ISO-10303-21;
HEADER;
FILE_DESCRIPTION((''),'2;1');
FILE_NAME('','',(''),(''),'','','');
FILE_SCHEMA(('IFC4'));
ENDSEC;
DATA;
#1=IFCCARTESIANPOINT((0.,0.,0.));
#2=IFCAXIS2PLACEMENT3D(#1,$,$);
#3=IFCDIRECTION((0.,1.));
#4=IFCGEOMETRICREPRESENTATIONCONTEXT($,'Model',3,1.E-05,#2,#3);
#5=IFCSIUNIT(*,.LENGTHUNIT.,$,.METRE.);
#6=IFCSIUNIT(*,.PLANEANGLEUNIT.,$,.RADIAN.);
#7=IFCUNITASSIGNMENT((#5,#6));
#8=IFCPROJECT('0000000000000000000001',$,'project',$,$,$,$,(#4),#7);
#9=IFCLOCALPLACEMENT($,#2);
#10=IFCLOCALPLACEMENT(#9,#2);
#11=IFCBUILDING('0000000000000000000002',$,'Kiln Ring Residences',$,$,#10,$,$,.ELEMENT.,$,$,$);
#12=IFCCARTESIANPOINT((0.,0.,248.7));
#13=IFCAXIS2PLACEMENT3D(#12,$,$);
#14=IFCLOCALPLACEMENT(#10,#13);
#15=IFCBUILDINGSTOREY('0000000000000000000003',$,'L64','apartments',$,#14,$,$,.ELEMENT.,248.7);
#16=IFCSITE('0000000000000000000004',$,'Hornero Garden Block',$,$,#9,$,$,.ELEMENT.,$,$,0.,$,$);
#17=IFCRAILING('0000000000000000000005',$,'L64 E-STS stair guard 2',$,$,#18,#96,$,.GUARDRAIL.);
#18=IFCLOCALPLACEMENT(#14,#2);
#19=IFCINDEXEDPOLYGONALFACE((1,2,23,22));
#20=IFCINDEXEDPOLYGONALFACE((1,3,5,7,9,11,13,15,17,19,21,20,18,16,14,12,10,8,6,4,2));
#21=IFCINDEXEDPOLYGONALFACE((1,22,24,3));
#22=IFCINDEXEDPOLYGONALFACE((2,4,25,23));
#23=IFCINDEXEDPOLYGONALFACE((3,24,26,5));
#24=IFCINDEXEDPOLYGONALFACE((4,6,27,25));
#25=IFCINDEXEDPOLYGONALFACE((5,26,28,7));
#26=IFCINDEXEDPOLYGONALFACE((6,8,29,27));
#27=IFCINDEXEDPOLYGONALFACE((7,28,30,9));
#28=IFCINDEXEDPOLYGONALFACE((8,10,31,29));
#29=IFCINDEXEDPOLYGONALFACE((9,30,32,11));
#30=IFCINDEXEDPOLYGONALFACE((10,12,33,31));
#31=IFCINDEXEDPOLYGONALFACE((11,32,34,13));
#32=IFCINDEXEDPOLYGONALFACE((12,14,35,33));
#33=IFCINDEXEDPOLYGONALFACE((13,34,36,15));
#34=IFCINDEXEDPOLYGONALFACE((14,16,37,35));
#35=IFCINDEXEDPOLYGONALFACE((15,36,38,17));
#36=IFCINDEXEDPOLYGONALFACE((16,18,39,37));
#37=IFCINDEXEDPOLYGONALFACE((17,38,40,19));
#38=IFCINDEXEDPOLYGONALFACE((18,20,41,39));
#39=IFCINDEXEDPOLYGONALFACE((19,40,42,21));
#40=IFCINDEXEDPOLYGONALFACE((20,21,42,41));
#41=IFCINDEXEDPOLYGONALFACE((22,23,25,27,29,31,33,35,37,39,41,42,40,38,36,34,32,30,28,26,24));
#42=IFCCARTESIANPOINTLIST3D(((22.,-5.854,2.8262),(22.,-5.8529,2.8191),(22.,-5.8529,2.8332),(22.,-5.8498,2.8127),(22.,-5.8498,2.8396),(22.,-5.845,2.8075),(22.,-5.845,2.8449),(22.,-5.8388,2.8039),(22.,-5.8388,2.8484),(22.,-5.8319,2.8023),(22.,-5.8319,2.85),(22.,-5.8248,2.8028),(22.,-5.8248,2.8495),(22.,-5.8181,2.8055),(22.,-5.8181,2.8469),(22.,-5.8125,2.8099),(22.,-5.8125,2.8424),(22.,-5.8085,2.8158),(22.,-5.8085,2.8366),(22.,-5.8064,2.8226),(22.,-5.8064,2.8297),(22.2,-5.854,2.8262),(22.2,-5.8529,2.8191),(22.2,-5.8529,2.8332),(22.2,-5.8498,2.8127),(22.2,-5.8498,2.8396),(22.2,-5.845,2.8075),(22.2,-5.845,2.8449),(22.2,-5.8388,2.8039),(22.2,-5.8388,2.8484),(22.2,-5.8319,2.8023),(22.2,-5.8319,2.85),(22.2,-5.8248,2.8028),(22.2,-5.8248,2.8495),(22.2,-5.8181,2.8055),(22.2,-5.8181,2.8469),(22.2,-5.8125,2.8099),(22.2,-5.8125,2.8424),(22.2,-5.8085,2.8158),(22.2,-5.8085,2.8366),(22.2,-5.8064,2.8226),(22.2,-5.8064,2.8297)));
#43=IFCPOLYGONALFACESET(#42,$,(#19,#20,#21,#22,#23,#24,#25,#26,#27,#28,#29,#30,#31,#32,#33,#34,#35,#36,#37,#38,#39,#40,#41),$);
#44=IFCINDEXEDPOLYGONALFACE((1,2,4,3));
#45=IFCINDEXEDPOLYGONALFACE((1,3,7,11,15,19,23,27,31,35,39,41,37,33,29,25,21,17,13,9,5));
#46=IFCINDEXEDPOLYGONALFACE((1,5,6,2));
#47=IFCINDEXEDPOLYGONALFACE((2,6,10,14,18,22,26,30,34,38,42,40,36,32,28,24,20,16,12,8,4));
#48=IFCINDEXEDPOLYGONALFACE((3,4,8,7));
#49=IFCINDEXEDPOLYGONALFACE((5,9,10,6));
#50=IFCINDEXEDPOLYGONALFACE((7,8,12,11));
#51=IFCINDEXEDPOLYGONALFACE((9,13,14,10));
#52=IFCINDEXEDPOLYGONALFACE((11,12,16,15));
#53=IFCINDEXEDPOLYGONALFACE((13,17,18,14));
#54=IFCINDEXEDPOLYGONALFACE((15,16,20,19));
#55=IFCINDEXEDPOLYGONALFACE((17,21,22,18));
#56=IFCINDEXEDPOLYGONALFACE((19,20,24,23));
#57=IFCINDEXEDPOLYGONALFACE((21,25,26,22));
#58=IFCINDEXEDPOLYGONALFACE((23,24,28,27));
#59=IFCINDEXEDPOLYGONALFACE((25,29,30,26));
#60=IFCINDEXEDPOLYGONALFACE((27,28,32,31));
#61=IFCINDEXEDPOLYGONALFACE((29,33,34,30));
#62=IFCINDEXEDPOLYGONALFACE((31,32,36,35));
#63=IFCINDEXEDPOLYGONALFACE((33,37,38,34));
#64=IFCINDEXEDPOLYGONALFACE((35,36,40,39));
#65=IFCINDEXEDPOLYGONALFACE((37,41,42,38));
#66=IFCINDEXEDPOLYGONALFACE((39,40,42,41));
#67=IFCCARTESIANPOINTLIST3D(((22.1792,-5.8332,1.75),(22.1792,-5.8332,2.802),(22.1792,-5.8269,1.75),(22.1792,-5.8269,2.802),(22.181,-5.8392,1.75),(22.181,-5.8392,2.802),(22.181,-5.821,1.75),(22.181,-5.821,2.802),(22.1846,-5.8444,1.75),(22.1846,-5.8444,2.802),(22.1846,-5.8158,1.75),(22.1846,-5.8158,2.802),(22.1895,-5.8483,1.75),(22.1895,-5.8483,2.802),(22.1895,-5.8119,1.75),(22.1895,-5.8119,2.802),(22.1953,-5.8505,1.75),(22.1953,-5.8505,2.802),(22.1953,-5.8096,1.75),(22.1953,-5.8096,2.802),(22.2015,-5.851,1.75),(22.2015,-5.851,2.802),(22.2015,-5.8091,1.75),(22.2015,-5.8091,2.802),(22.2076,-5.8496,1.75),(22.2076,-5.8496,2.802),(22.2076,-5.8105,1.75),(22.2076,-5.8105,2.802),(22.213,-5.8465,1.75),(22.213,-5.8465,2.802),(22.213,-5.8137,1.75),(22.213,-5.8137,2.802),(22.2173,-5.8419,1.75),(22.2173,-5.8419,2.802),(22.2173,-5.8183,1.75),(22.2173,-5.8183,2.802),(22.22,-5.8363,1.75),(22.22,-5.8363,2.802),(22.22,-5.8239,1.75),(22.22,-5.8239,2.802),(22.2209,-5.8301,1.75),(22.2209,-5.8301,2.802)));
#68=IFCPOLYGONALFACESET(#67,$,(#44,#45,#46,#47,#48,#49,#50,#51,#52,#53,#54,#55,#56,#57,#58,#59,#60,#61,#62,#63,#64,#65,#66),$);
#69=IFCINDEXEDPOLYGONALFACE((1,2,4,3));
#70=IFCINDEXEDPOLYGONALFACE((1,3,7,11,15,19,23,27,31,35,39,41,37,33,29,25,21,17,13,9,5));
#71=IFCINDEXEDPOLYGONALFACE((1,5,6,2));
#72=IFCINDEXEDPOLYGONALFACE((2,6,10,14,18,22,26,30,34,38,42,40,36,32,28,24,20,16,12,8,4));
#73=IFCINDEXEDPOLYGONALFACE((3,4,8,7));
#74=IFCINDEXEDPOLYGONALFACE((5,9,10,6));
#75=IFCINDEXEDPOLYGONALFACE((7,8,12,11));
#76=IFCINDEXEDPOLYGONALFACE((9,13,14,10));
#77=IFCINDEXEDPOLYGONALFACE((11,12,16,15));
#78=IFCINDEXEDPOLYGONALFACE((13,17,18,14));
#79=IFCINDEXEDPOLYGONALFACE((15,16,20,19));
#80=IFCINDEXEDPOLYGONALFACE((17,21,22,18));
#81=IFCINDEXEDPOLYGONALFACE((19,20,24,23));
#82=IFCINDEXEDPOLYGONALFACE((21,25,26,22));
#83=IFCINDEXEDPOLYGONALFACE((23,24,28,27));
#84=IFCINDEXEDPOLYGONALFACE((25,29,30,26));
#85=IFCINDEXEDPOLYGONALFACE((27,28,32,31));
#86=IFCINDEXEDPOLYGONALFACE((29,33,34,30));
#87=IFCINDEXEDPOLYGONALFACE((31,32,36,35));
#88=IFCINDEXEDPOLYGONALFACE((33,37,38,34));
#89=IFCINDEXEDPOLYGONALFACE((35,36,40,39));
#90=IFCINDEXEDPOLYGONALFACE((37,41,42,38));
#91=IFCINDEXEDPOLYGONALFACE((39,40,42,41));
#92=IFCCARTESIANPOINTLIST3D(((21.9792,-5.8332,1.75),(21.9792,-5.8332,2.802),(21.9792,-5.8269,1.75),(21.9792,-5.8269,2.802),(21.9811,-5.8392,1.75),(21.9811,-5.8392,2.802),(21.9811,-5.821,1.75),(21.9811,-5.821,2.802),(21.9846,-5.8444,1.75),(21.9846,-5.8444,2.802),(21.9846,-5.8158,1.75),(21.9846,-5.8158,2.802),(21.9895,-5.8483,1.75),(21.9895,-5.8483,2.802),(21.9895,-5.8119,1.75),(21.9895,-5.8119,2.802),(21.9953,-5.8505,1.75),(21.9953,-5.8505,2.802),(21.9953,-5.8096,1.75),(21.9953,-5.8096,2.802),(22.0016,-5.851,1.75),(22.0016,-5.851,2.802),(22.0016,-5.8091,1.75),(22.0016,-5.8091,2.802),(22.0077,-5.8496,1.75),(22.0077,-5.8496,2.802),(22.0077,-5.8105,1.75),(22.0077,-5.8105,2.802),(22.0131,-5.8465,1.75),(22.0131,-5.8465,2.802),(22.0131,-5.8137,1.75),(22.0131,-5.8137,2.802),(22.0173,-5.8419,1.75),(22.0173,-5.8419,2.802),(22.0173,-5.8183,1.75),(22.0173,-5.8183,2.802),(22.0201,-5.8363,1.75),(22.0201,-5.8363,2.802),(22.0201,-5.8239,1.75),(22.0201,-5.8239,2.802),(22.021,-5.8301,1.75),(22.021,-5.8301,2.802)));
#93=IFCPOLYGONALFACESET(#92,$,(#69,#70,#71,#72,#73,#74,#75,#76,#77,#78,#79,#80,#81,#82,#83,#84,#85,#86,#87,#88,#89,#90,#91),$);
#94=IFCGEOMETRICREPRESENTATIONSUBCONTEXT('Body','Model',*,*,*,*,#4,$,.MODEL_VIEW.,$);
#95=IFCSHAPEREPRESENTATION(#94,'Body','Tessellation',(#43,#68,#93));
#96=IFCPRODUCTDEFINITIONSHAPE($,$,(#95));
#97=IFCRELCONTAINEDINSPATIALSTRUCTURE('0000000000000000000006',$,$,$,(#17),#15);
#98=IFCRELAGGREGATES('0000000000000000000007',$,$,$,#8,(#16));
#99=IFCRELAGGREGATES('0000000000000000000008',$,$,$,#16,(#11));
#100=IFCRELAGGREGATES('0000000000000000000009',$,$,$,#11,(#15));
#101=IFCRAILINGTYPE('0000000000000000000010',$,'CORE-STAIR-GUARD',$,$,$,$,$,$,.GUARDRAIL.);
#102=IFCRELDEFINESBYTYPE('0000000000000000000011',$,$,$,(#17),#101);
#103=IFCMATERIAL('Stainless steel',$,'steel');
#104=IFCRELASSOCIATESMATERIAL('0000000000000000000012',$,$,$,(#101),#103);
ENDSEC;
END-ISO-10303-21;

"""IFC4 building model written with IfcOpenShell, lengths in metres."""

from ifc_helpers import new_model, si_unit, direction, frame, origin, origin_2d, place, context, subcontext, project, spatial, circle, extrude, material, type_object, element, save


model = new_model("IFC4")

# Units and contexts
model_context = context("Model", 3, precision=1e-05, world=origin(), true_north=direction((0.0, 1.0)))
body_context = subcontext(model_context, "Body", "Model", "MODEL_VIEW")
ifc_project = project(units=[si_unit("LENGTHUNIT", "METRE"), si_unit("PLANEANGLEUNIT", "RADIAN")], contexts=[model_context])

# Site, building, storey
site_placement = place(None, origin())
site = spatial("IfcSite", under=ifc_project, at=site_placement, Name="Hornero Garden Block", CompositionType="ELEMENT", RefElevation=0.0)
building_placement = place(site_placement, origin())
building = spatial("IfcBuilding", under=site, at=building_placement, Name="Kiln Ring Residences", CompositionType="ELEMENT")
storey_placement = place(building_placement, frame((0.0, 0.0, 248.7)))
storey = spatial("IfcBuildingStorey", under=building, at=storey_placement, Name="L64", Description="apartments", CompositionType="ELEMENT", Elevation=248.7)

# Railing
ifc_material_1 = material(Name="Stainless steel", Category="steel")
railing_type_1 = type_object("IfcRailingType", Name="CORE-STAIR-GUARD", PredefinedType="GUARDRAIL", material=ifc_material_1)
railing_1_placement = place(storey_placement, frame((22.2, -5.8301, 1.75)))
element("IfcRailing", 1, at=railing_1_placement, inside=storey, type_object=railing_type_1, Name="L64 E-STS stair guard 2", PredefinedType="GUARDRAIL", context=body_context, shape_type="SweptSolid", body=[
    extrude(circle(Radius=0.0239, at=origin_2d()), frame((0.0, 0.0, 1.0762), z_axis=(-1.0, 0.0, 0.0), x_axis=(0.0, -1.0, 0.0)), (0.0, 0.0, 1.0), 0.2),
    extrude(circle(Radius=0.021, at=origin_2d()), origin(), (0.0, 0.0, 1.0), 1.052),
    extrude(circle(Radius=0.021, at=origin_2d()), frame((-0.2, 0.0, 0.0)), (0.0, 0.0, 1.0), 1.052),
])

save(model, "model.ifc")
